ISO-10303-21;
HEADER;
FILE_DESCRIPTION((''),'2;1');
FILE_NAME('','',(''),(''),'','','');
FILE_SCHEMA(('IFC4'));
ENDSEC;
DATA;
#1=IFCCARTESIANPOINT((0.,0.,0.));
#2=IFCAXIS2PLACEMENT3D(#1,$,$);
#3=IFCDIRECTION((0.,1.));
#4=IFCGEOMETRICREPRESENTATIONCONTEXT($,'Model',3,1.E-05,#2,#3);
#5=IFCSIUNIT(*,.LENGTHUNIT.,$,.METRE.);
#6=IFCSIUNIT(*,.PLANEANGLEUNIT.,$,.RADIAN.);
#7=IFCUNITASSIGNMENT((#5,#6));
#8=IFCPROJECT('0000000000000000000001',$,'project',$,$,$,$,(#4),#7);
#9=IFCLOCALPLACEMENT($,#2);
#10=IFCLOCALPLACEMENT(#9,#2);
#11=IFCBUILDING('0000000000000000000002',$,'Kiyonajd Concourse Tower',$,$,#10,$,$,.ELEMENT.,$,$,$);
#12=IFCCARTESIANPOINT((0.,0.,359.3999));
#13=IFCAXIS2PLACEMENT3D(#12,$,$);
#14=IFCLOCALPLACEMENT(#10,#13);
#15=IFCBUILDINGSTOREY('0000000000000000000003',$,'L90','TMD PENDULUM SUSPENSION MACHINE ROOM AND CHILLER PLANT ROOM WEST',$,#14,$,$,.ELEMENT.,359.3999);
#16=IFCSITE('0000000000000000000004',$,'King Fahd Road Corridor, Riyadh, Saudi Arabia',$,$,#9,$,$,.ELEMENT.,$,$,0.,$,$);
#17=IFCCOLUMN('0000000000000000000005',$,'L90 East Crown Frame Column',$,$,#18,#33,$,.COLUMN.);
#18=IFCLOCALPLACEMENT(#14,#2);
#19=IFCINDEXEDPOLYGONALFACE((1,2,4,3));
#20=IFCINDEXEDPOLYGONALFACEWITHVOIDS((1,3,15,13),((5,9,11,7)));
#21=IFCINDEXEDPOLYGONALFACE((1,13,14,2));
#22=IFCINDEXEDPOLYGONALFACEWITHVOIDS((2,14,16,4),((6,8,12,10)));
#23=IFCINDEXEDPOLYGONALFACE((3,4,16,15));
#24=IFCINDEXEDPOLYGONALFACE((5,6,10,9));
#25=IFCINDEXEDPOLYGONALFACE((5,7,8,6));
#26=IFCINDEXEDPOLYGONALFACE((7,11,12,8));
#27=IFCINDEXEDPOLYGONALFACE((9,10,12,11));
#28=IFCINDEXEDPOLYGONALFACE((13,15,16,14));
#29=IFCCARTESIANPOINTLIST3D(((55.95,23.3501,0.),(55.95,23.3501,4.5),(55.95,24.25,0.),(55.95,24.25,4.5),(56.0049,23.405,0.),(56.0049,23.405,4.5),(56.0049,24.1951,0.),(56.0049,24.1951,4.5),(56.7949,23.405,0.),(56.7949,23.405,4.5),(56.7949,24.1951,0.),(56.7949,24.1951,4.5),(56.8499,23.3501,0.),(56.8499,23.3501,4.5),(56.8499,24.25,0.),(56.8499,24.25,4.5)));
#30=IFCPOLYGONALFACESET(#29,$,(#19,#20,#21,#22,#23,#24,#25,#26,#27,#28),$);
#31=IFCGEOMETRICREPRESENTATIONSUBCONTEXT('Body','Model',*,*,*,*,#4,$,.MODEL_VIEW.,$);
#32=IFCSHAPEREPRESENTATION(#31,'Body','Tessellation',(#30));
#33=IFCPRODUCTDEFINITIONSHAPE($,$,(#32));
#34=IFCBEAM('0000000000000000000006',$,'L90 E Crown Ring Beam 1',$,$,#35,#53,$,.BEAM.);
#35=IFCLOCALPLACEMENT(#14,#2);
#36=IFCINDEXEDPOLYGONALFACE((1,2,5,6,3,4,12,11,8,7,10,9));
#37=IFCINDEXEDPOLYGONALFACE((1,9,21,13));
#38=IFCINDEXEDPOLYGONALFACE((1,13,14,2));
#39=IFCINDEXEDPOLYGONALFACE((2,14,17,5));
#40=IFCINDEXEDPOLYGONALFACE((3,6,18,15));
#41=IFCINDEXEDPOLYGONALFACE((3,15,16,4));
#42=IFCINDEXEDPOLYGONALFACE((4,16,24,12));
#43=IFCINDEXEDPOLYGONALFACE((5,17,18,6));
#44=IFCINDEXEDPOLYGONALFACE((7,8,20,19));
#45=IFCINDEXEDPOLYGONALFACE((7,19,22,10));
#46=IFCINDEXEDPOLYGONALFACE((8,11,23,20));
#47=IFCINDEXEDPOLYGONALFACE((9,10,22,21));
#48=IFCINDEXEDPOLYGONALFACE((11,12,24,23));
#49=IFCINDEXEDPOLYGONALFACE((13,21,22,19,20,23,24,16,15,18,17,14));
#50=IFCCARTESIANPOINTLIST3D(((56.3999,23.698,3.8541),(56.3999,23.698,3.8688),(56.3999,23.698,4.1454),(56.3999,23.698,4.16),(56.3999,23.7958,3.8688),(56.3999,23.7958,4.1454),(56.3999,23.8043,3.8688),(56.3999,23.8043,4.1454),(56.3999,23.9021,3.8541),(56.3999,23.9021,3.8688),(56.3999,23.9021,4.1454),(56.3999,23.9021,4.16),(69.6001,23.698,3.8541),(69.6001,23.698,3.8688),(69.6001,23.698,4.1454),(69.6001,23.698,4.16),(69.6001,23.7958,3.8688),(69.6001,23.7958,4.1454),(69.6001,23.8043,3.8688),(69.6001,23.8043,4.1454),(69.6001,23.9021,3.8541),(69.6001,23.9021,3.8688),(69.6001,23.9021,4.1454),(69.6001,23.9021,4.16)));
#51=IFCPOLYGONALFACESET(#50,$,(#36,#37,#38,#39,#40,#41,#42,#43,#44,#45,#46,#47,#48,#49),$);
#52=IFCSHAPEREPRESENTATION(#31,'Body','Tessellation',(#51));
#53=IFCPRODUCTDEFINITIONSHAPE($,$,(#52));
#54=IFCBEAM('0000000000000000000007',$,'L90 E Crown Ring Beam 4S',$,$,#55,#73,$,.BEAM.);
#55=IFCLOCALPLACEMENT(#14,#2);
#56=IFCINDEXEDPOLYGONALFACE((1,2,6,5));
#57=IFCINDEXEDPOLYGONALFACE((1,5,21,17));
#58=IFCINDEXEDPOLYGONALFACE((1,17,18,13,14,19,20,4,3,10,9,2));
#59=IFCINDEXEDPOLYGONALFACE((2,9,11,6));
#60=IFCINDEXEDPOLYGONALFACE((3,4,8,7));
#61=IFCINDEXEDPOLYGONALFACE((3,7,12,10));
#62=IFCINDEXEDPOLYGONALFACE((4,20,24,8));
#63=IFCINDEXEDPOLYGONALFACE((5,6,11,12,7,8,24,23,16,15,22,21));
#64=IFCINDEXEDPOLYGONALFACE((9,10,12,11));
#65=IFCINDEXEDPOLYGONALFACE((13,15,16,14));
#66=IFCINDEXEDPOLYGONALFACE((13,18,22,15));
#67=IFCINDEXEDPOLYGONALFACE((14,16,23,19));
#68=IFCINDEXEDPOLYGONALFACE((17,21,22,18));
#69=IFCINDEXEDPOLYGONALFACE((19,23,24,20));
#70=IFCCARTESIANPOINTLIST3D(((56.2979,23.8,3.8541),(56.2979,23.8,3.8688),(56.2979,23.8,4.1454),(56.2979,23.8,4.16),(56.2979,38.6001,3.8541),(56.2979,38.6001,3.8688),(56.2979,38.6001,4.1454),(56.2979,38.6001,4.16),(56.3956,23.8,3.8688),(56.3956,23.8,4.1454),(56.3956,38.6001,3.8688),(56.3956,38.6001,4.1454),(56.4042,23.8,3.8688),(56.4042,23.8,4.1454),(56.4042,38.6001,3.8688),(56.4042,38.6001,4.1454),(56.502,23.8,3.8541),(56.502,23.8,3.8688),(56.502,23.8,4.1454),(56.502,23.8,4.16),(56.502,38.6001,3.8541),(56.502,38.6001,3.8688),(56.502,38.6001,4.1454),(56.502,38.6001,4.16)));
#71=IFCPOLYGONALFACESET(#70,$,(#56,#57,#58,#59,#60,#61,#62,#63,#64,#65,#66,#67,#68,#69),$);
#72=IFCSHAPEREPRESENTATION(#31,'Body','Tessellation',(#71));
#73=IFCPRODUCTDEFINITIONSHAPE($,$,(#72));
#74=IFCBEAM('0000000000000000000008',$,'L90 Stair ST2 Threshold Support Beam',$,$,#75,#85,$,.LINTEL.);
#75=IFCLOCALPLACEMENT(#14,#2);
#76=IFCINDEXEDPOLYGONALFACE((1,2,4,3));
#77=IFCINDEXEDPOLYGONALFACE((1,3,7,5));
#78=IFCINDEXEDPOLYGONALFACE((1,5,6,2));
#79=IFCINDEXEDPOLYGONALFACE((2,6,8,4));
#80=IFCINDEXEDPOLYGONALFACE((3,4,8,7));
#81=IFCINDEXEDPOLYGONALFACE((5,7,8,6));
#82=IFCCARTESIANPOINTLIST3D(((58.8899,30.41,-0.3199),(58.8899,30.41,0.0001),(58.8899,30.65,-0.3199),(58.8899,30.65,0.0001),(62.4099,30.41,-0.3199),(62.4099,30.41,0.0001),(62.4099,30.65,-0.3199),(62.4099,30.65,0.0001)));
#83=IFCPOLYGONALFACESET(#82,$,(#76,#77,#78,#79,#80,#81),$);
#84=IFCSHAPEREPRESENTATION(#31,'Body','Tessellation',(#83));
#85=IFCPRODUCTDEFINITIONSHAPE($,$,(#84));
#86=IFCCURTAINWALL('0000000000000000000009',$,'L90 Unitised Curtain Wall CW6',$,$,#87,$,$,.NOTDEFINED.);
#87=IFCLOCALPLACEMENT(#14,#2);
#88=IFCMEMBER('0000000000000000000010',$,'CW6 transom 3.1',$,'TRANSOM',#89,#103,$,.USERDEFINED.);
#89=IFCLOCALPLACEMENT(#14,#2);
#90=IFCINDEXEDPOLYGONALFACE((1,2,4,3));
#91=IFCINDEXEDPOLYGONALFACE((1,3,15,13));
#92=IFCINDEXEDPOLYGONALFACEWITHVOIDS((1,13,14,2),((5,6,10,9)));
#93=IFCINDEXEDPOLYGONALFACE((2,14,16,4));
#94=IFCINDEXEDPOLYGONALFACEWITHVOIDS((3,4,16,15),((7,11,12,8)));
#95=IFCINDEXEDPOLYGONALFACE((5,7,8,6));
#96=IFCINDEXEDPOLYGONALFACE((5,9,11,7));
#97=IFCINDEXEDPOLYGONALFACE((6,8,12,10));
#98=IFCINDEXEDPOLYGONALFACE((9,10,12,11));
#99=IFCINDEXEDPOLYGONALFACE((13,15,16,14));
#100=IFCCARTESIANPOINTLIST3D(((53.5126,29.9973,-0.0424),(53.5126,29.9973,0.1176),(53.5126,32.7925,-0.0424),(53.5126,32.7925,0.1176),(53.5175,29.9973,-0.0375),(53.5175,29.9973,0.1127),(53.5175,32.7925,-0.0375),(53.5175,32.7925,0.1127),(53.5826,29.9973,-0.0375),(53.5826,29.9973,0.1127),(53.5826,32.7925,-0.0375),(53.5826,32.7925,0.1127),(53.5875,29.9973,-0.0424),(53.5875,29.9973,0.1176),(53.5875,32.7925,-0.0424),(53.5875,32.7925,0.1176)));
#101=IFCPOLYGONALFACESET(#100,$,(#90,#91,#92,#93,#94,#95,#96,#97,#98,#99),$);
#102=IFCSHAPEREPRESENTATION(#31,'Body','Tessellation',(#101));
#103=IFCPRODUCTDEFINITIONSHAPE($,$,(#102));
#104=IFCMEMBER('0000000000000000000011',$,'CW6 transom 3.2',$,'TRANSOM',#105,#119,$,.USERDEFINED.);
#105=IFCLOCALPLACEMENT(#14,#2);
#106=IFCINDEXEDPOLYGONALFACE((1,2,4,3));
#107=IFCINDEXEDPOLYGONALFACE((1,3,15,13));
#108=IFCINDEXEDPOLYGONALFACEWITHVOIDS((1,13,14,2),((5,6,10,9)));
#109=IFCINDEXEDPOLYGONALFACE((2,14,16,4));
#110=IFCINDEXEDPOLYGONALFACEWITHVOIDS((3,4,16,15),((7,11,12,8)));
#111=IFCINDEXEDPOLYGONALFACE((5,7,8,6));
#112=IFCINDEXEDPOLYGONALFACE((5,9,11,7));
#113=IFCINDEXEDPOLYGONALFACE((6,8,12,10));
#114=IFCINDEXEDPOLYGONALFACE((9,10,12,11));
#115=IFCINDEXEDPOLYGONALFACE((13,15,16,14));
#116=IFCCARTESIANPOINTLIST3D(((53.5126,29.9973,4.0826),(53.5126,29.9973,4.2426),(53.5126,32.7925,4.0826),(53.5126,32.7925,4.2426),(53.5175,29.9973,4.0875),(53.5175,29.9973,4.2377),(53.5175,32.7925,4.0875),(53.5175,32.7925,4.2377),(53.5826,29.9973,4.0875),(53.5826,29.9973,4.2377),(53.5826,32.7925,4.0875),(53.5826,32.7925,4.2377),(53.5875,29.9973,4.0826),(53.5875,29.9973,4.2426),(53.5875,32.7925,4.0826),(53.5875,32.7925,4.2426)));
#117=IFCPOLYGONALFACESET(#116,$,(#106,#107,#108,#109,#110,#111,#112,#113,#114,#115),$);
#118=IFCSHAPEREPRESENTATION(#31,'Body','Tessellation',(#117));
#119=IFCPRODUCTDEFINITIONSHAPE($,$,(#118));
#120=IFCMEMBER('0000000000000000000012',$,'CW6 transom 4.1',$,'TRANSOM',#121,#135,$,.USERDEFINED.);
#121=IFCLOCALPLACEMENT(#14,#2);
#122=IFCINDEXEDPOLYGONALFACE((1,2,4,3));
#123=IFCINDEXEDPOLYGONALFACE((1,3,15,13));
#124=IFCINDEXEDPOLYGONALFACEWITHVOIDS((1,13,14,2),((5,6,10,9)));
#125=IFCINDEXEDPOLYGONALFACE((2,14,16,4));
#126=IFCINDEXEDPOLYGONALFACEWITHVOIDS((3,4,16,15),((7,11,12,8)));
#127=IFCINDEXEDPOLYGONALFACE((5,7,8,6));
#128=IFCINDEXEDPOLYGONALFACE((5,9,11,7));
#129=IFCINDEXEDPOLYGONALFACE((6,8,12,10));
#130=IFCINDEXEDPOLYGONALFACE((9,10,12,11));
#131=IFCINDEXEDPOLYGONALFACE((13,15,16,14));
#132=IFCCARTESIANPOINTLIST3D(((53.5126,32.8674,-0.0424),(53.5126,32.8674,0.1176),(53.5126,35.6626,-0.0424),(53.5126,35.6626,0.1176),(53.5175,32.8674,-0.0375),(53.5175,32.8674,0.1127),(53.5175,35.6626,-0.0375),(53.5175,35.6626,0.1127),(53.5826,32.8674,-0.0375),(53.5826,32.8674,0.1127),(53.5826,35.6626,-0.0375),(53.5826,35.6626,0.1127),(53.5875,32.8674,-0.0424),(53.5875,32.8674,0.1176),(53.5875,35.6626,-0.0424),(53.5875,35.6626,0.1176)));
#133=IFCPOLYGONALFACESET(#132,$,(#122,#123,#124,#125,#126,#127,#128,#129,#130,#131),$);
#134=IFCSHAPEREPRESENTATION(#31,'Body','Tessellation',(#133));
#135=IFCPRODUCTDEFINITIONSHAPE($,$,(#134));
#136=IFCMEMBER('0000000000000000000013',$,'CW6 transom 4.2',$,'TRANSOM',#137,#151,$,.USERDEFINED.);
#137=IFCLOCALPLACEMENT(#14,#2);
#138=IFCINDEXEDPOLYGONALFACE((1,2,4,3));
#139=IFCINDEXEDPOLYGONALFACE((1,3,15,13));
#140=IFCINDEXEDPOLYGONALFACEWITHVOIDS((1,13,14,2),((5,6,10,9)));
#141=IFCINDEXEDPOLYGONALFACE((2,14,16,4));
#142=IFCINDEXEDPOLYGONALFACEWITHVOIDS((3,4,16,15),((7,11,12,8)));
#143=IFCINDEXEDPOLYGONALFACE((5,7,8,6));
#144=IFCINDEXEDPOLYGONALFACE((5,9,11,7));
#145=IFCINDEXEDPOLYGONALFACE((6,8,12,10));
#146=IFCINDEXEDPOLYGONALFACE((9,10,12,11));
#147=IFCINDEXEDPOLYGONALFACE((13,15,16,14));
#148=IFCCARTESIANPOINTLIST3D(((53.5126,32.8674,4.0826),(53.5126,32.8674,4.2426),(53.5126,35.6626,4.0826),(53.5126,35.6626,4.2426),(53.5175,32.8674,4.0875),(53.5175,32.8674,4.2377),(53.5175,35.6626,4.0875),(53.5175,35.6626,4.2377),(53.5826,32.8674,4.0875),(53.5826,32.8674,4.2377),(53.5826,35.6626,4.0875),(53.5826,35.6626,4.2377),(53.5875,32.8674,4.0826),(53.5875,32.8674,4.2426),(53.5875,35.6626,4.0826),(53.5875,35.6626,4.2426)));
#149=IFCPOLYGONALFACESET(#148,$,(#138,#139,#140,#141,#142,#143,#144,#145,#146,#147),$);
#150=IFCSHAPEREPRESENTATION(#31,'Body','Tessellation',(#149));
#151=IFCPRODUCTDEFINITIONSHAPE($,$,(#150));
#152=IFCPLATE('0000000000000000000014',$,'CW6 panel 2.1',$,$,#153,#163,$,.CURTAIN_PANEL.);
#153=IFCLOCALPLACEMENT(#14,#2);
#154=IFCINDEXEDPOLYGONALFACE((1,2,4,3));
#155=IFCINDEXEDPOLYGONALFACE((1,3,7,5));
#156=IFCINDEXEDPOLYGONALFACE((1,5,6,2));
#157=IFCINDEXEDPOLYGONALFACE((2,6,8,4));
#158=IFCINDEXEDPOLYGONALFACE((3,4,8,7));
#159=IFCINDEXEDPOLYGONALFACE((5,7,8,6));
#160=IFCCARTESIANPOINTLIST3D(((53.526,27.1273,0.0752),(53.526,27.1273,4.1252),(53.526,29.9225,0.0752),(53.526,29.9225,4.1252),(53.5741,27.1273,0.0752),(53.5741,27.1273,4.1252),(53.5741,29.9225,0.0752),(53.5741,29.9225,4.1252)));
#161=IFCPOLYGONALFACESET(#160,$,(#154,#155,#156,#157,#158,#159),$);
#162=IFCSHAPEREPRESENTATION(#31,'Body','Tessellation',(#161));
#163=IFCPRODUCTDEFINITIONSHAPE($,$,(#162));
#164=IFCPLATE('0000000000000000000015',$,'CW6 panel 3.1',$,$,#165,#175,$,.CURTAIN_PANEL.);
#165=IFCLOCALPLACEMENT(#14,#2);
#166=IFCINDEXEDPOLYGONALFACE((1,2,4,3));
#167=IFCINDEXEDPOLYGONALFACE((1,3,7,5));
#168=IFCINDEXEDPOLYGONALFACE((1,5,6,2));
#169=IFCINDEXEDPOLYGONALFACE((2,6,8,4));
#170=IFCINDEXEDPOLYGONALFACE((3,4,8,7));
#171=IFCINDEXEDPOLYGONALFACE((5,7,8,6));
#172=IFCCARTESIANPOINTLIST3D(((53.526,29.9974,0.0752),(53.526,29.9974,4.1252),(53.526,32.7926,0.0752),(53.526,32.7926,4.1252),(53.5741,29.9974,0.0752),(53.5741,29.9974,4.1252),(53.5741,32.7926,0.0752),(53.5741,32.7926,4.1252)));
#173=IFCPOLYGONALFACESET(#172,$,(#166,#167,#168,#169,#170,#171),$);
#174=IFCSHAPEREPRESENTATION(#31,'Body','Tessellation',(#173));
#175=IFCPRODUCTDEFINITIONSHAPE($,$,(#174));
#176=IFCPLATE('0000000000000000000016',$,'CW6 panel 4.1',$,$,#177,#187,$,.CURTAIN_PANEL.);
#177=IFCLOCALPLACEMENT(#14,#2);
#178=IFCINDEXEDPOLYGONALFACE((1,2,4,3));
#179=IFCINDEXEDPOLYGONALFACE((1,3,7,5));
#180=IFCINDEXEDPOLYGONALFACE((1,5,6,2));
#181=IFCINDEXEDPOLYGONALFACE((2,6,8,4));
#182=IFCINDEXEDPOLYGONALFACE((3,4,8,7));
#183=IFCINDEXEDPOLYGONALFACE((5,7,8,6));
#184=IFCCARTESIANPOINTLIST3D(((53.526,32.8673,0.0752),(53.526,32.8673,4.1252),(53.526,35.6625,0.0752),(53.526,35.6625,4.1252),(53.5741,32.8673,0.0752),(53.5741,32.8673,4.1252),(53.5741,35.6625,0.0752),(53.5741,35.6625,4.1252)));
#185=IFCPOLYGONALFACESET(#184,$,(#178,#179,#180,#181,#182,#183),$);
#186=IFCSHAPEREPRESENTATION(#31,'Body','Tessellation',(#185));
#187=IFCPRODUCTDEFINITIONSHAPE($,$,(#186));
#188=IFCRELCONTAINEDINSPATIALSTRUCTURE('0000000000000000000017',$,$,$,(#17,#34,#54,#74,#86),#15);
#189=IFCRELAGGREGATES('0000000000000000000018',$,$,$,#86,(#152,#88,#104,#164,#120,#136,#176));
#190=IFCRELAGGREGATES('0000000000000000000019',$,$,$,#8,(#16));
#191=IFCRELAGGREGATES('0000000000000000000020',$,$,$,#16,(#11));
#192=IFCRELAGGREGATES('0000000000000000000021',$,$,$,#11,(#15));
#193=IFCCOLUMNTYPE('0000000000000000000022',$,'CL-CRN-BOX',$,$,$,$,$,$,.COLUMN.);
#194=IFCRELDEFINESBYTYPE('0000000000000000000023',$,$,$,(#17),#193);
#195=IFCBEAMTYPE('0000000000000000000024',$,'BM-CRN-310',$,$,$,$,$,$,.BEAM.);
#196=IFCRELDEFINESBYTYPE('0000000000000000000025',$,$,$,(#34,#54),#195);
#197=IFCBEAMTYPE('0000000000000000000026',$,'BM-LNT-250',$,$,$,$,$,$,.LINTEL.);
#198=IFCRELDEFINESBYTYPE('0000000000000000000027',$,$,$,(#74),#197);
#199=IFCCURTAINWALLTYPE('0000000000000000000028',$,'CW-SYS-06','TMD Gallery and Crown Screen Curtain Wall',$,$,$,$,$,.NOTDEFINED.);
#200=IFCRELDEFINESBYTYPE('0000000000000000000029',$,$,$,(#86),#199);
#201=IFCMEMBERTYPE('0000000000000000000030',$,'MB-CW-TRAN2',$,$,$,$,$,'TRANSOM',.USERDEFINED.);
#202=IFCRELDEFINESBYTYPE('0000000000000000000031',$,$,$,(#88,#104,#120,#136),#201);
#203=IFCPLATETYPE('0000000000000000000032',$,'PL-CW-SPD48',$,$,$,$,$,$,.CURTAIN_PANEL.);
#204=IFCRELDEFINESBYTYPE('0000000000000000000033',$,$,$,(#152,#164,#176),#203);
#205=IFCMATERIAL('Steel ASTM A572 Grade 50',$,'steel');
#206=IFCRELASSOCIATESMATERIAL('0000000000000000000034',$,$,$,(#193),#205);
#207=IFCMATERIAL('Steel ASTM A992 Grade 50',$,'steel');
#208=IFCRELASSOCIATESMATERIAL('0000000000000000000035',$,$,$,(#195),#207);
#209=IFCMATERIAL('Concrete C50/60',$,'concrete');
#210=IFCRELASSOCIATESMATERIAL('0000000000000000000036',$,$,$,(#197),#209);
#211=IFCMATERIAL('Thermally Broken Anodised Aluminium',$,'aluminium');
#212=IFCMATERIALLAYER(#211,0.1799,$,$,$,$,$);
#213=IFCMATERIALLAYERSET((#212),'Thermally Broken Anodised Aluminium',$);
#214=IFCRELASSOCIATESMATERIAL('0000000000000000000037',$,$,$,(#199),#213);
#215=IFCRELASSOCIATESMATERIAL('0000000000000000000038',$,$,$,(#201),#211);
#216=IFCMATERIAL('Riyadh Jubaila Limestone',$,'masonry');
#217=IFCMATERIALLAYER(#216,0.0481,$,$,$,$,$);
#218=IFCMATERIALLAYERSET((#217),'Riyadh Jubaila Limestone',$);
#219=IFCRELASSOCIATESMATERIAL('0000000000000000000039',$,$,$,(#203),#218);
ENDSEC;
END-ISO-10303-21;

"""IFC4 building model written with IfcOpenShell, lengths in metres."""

from ifc_helpers import new_model, si_unit, direction, frame, origin, origin_2d, place, context, subcontext, project, spatial, rectangle, hollow_rectangle, i_section, extrude, material, layer, layer_set, material_profile, profile_set, type_object, element, aggregate, save


model = new_model("IFC4")

# Units and contexts
model_context = context("Model", 3, precision=1e-05, world=origin(), true_north=direction((0.0, 1.0)))
body_context = subcontext(model_context, "Body", "Model", "MODEL_VIEW")
ifc_project = project(units=[si_unit("LENGTHUNIT", "METRE"), si_unit("PLANEANGLEUNIT", "RADIAN")], contexts=[model_context])

# Site, building, storey
site_placement = place(None, origin())
site = spatial("IfcSite", under=ifc_project, at=site_placement, Name="King Fahd Road Corridor, Riyadh, Saudi Arabia", CompositionType="ELEMENT", RefElevation=0.0)
building_placement = place(site_placement, origin())
building = spatial("IfcBuilding", under=site, at=building_placement, Name="Kiyonajd Concourse Tower", CompositionType="ELEMENT")
storey_placement = place(building_placement, frame((0.0, 0.0, 359.3999)))
storey = spatial("IfcBuildingStorey", under=building, at=storey_placement, Name="L90", Description="TMD PENDULUM SUSPENSION MACHINE ROOM AND CHILLER PLANT ROOM WEST", CompositionType="ELEMENT", Elevation=359.3999)

# Column
ifc_material_1 = material(Name="Steel ASTM A572 Grade 50", Category="steel")
ifc_material_profile_1 = material_profile(ifc_material_1, hollow_rectangle(XDim=0.8999, YDim=0.8999, WallThickness=0.0549, at=origin_2d()), Name="BOX-900x900x55")
ifc_profile_set_1 = profile_set([ifc_material_profile_1], Name="Steel ASTM A572 Grade 50")
column_type = type_object("IfcColumnType", Name="CL-CRN-BOX", PredefinedType="COLUMN", material=ifc_profile_set_1)
column_placement = place(storey_placement, frame((56.3999, 23.8, 0.0), z_axis=(0.0, 0.0, 1.0), x_axis=(1.0, 0.0, 0.0)))
element("IfcColumn", 1, at=column_placement, inside=storey, type_object=column_type, Name="L90 East Crown Frame Column", PredefinedType="COLUMN", context=body_context, shape_type="SweptSolid", body=[
    extrude(hollow_rectangle(XDim=0.8999, YDim=0.8999, WallThickness=0.0549, at=origin_2d()), origin(), (0.0, 0.0, 1.0), 4.5),
])

# Beams
ifc_material_2 = material(Name="Steel ASTM A992 Grade 50", Category="steel")
ifc_material_profile_2 = material_profile(ifc_material_2, i_section(OverallWidth=0.2041, OverallDepth=0.3059, WebThickness=0.0085, FlangeThickness=0.0146, at=origin_2d()), Name="W310X67")
ifc_profile_set_2 = profile_set([ifc_material_profile_2], Name="Steel ASTM A992 Grade 50")
beam_type_1 = type_object("IfcBeamType", Name="BM-CRN-310", PredefinedType="BEAM", material=ifc_profile_set_2)
beam_1_placement = place(storey_placement, frame((56.3999, 23.8, 4.0071), z_axis=(1.0, 0.0, 0.0), x_axis=(0.0, 1.0, 0.0)))
element("IfcBeam", 2, at=beam_1_placement, inside=storey, type_object=beam_type_1, Name="L90 E Crown Ring Beam 1", PredefinedType="BEAM", context=body_context, shape_type="SweptSolid", body=[
    extrude(i_section(OverallWidth=0.2041, OverallDepth=0.3059, WebThickness=0.0085, FlangeThickness=0.0146, at=origin_2d()), origin(), (0.0, 0.0, 1.0), 13.2002),
])
beam_2_placement = place(storey_placement, frame((56.3999, 23.8, 4.0071), z_axis=(0.0, 1.0, 0.0), x_axis=(-1.0, 0.0, 0.0)))
element("IfcBeam", 3, at=beam_2_placement, inside=storey, type_object=beam_type_1, Name="L90 E Crown Ring Beam 4S", PredefinedType="BEAM", context=body_context, shape_type="SweptSolid", body=[
    extrude(i_section(OverallWidth=0.2041, OverallDepth=0.3059, WebThickness=0.0085, FlangeThickness=0.0146, at=origin_2d()), origin(), (0.0, 0.0, 1.0), 14.8),
])
ifc_material_3 = material(Name="Concrete C50/60", Category="concrete")
ifc_material_profile_3 = material_profile(ifc_material_3, rectangle(XDim=0.24, YDim=0.3201, at=origin_2d()), Name="RCBM-240x320")
ifc_profile_set_3 = profile_set([ifc_material_profile_3], Name="Concrete C50/60")
beam_type_2 = type_object("IfcBeamType", Name="BM-LNT-250", PredefinedType="LINTEL", material=ifc_profile_set_3)
beam_3_placement = place(storey_placement, frame((58.8899, 30.53, -0.1599), z_axis=(1.0, 0.0, 0.0), x_axis=(0.0, 1.0, 0.0)))
element("IfcBeam", 4, at=beam_3_placement, inside=storey, type_object=beam_type_2, Name="L90 Stair ST2 Threshold Support Beam", PredefinedType="LINTEL", context=body_context, shape_type="SweptSolid", body=[
    extrude(rectangle(XDim=0.24, YDim=0.3201, at=origin_2d()), origin(), (0.0, 0.0, 1.0), 3.52),
])

# Curtain wall, members, plates
ifc_material_4 = material(Name="Thermally Broken Anodised Aluminium", Category="aluminium")
ifc_layer_1 = layer(ifc_material_4, 0.1799)
ifc_layer_set_1 = layer_set([ifc_layer_1], Name="Thermally Broken Anodised Aluminium")
curtain_wall_type = type_object("IfcCurtainWallType", Name="CW-SYS-06", Description="TMD Gallery and Crown Screen Curtain Wall", PredefinedType="NOTDEFINED", material=ifc_layer_set_1)
curtain_wall_placement = place(storey_placement, origin())
curtain_wall = element("IfcCurtainWall", 5, at=curtain_wall_placement, inside=storey, type_object=curtain_wall_type, Name="L90 Unitised Curtain Wall CW6", PredefinedType="NOTDEFINED")
ifc_material_profile_4 = material_profile(ifc_material_4, hollow_rectangle(XDim=0.075, YDim=0.1599, WallThickness=0.0049, at=origin_2d()), Name="TRAN-75x160")
ifc_profile_set_4 = profile_set([ifc_material_profile_4], Name="Thermally Broken Anodised Aluminium")
member_type = type_object("IfcMemberType", Name="MB-CW-TRAN2", ElementType="TRANSOM", PredefinedType="USERDEFINED", material=ifc_profile_set_4)
member_1_placement = place(storey_placement, frame((53.55, 29.9973, 0.0376), z_axis=(0.0, 1.0, 0.0), x_axis=(-1.0, 0.0, 0.0)))
member_1 = element("IfcMember", 6, at=member_1_placement, type_object=member_type, Name="CW6 transom 3.1", ObjectType="TRANSOM", PredefinedType="USERDEFINED", context=body_context, shape_type="SweptSolid", body=[
    extrude(hollow_rectangle(XDim=0.075, YDim=0.1599, WallThickness=0.0049, at=origin_2d()), origin(), (0.0, 0.0, 1.0), 2.7952),
])
member_2_placement = place(storey_placement, frame((53.55, 29.9973, 4.1626), z_axis=(0.0, 1.0, 0.0), x_axis=(-1.0, 0.0, 0.0)))
member_2 = element("IfcMember", 7, at=member_2_placement, type_object=member_type, Name="CW6 transom 3.2", ObjectType="TRANSOM", PredefinedType="USERDEFINED", context=body_context, shape_type="SweptSolid", body=[
    extrude(hollow_rectangle(XDim=0.075, YDim=0.1599, WallThickness=0.0049, at=origin_2d()), origin(), (0.0, 0.0, 1.0), 2.7952),
])
member_3_placement = place(storey_placement, frame((53.55, 32.8674, 0.0376), z_axis=(0.0, 1.0, 0.0), x_axis=(-1.0, 0.0, 0.0)))
member_3 = element("IfcMember", 8, at=member_3_placement, type_object=member_type, Name="CW6 transom 4.1", ObjectType="TRANSOM", PredefinedType="USERDEFINED", context=body_context, shape_type="SweptSolid", body=[
    extrude(hollow_rectangle(XDim=0.075, YDim=0.1599, WallThickness=0.0049, at=origin_2d()), origin(), (0.0, 0.0, 1.0), 2.7952),
])
member_4_placement = place(storey_placement, frame((53.55, 32.8674, 4.1626), z_axis=(0.0, 1.0, 0.0), x_axis=(-1.0, 0.0, 0.0)))
member_4 = element("IfcMember", 9, at=member_4_placement, type_object=member_type, Name="CW6 transom 4.2", ObjectType="TRANSOM", PredefinedType="USERDEFINED", context=body_context, shape_type="SweptSolid", body=[
    extrude(hollow_rectangle(XDim=0.075, YDim=0.1599, WallThickness=0.0049, at=origin_2d()), origin(), (0.0, 0.0, 1.0), 2.7952),
])
ifc_material_5 = material(Name="Riyadh Jubaila Limestone", Category="masonry")
ifc_layer_2 = layer(ifc_material_5, 0.0481)
ifc_layer_set_2 = layer_set([ifc_layer_2], Name="Riyadh Jubaila Limestone")
plate_type = type_object("IfcPlateType", Name="PL-CW-SPD48", PredefinedType="CURTAIN_PANEL", material=ifc_layer_set_2)
plate_1_placement = place(storey_placement, frame((53.55, 28.5249, 0.0752), z_axis=(0.0, 0.0, 1.0), x_axis=(0.0, 1.0, 0.0)))
plate_1 = element("IfcPlate", 10, at=plate_1_placement, type_object=plate_type, Name="CW6 panel 2.1", PredefinedType="CURTAIN_PANEL", context=body_context, shape_type="SweptSolid", body=[
    extrude(rectangle(XDim=2.7952, YDim=0.0481, at=origin_2d()), origin(), (0.0, 0.0, 1.0), 4.05),
])
plate_2_placement = place(storey_placement, frame((53.55, 31.395, 0.0752), z_axis=(0.0, 0.0, 1.0), x_axis=(0.0, 1.0, 0.0)))
plate_2 = element("IfcPlate", 11, at=plate_2_placement, type_object=plate_type, Name="CW6 panel 3.1", PredefinedType="CURTAIN_PANEL", context=body_context, shape_type="SweptSolid", body=[
    extrude(rectangle(XDim=2.7952, YDim=0.0481, at=origin_2d()), origin(), (0.0, 0.0, 1.0), 4.05),
])
plate_3_placement = place(storey_placement, frame((53.55, 34.2649, 0.0752), z_axis=(0.0, 0.0, 1.0), x_axis=(0.0, 1.0, 0.0)))
plate_3 = element("IfcPlate", 12, at=plate_3_placement, type_object=plate_type, Name="CW6 panel 4.1", PredefinedType="CURTAIN_PANEL", context=body_context, shape_type="SweptSolid", body=[
    extrude(rectangle(XDim=2.7952, YDim=0.0481, at=origin_2d()), origin(), (0.0, 0.0, 1.0), 4.05),
])
aggregate(curtain_wall, [plate_1, member_1, member_2, plate_2, member_3, member_4, plate_3])

save(model, "model.ifc")
